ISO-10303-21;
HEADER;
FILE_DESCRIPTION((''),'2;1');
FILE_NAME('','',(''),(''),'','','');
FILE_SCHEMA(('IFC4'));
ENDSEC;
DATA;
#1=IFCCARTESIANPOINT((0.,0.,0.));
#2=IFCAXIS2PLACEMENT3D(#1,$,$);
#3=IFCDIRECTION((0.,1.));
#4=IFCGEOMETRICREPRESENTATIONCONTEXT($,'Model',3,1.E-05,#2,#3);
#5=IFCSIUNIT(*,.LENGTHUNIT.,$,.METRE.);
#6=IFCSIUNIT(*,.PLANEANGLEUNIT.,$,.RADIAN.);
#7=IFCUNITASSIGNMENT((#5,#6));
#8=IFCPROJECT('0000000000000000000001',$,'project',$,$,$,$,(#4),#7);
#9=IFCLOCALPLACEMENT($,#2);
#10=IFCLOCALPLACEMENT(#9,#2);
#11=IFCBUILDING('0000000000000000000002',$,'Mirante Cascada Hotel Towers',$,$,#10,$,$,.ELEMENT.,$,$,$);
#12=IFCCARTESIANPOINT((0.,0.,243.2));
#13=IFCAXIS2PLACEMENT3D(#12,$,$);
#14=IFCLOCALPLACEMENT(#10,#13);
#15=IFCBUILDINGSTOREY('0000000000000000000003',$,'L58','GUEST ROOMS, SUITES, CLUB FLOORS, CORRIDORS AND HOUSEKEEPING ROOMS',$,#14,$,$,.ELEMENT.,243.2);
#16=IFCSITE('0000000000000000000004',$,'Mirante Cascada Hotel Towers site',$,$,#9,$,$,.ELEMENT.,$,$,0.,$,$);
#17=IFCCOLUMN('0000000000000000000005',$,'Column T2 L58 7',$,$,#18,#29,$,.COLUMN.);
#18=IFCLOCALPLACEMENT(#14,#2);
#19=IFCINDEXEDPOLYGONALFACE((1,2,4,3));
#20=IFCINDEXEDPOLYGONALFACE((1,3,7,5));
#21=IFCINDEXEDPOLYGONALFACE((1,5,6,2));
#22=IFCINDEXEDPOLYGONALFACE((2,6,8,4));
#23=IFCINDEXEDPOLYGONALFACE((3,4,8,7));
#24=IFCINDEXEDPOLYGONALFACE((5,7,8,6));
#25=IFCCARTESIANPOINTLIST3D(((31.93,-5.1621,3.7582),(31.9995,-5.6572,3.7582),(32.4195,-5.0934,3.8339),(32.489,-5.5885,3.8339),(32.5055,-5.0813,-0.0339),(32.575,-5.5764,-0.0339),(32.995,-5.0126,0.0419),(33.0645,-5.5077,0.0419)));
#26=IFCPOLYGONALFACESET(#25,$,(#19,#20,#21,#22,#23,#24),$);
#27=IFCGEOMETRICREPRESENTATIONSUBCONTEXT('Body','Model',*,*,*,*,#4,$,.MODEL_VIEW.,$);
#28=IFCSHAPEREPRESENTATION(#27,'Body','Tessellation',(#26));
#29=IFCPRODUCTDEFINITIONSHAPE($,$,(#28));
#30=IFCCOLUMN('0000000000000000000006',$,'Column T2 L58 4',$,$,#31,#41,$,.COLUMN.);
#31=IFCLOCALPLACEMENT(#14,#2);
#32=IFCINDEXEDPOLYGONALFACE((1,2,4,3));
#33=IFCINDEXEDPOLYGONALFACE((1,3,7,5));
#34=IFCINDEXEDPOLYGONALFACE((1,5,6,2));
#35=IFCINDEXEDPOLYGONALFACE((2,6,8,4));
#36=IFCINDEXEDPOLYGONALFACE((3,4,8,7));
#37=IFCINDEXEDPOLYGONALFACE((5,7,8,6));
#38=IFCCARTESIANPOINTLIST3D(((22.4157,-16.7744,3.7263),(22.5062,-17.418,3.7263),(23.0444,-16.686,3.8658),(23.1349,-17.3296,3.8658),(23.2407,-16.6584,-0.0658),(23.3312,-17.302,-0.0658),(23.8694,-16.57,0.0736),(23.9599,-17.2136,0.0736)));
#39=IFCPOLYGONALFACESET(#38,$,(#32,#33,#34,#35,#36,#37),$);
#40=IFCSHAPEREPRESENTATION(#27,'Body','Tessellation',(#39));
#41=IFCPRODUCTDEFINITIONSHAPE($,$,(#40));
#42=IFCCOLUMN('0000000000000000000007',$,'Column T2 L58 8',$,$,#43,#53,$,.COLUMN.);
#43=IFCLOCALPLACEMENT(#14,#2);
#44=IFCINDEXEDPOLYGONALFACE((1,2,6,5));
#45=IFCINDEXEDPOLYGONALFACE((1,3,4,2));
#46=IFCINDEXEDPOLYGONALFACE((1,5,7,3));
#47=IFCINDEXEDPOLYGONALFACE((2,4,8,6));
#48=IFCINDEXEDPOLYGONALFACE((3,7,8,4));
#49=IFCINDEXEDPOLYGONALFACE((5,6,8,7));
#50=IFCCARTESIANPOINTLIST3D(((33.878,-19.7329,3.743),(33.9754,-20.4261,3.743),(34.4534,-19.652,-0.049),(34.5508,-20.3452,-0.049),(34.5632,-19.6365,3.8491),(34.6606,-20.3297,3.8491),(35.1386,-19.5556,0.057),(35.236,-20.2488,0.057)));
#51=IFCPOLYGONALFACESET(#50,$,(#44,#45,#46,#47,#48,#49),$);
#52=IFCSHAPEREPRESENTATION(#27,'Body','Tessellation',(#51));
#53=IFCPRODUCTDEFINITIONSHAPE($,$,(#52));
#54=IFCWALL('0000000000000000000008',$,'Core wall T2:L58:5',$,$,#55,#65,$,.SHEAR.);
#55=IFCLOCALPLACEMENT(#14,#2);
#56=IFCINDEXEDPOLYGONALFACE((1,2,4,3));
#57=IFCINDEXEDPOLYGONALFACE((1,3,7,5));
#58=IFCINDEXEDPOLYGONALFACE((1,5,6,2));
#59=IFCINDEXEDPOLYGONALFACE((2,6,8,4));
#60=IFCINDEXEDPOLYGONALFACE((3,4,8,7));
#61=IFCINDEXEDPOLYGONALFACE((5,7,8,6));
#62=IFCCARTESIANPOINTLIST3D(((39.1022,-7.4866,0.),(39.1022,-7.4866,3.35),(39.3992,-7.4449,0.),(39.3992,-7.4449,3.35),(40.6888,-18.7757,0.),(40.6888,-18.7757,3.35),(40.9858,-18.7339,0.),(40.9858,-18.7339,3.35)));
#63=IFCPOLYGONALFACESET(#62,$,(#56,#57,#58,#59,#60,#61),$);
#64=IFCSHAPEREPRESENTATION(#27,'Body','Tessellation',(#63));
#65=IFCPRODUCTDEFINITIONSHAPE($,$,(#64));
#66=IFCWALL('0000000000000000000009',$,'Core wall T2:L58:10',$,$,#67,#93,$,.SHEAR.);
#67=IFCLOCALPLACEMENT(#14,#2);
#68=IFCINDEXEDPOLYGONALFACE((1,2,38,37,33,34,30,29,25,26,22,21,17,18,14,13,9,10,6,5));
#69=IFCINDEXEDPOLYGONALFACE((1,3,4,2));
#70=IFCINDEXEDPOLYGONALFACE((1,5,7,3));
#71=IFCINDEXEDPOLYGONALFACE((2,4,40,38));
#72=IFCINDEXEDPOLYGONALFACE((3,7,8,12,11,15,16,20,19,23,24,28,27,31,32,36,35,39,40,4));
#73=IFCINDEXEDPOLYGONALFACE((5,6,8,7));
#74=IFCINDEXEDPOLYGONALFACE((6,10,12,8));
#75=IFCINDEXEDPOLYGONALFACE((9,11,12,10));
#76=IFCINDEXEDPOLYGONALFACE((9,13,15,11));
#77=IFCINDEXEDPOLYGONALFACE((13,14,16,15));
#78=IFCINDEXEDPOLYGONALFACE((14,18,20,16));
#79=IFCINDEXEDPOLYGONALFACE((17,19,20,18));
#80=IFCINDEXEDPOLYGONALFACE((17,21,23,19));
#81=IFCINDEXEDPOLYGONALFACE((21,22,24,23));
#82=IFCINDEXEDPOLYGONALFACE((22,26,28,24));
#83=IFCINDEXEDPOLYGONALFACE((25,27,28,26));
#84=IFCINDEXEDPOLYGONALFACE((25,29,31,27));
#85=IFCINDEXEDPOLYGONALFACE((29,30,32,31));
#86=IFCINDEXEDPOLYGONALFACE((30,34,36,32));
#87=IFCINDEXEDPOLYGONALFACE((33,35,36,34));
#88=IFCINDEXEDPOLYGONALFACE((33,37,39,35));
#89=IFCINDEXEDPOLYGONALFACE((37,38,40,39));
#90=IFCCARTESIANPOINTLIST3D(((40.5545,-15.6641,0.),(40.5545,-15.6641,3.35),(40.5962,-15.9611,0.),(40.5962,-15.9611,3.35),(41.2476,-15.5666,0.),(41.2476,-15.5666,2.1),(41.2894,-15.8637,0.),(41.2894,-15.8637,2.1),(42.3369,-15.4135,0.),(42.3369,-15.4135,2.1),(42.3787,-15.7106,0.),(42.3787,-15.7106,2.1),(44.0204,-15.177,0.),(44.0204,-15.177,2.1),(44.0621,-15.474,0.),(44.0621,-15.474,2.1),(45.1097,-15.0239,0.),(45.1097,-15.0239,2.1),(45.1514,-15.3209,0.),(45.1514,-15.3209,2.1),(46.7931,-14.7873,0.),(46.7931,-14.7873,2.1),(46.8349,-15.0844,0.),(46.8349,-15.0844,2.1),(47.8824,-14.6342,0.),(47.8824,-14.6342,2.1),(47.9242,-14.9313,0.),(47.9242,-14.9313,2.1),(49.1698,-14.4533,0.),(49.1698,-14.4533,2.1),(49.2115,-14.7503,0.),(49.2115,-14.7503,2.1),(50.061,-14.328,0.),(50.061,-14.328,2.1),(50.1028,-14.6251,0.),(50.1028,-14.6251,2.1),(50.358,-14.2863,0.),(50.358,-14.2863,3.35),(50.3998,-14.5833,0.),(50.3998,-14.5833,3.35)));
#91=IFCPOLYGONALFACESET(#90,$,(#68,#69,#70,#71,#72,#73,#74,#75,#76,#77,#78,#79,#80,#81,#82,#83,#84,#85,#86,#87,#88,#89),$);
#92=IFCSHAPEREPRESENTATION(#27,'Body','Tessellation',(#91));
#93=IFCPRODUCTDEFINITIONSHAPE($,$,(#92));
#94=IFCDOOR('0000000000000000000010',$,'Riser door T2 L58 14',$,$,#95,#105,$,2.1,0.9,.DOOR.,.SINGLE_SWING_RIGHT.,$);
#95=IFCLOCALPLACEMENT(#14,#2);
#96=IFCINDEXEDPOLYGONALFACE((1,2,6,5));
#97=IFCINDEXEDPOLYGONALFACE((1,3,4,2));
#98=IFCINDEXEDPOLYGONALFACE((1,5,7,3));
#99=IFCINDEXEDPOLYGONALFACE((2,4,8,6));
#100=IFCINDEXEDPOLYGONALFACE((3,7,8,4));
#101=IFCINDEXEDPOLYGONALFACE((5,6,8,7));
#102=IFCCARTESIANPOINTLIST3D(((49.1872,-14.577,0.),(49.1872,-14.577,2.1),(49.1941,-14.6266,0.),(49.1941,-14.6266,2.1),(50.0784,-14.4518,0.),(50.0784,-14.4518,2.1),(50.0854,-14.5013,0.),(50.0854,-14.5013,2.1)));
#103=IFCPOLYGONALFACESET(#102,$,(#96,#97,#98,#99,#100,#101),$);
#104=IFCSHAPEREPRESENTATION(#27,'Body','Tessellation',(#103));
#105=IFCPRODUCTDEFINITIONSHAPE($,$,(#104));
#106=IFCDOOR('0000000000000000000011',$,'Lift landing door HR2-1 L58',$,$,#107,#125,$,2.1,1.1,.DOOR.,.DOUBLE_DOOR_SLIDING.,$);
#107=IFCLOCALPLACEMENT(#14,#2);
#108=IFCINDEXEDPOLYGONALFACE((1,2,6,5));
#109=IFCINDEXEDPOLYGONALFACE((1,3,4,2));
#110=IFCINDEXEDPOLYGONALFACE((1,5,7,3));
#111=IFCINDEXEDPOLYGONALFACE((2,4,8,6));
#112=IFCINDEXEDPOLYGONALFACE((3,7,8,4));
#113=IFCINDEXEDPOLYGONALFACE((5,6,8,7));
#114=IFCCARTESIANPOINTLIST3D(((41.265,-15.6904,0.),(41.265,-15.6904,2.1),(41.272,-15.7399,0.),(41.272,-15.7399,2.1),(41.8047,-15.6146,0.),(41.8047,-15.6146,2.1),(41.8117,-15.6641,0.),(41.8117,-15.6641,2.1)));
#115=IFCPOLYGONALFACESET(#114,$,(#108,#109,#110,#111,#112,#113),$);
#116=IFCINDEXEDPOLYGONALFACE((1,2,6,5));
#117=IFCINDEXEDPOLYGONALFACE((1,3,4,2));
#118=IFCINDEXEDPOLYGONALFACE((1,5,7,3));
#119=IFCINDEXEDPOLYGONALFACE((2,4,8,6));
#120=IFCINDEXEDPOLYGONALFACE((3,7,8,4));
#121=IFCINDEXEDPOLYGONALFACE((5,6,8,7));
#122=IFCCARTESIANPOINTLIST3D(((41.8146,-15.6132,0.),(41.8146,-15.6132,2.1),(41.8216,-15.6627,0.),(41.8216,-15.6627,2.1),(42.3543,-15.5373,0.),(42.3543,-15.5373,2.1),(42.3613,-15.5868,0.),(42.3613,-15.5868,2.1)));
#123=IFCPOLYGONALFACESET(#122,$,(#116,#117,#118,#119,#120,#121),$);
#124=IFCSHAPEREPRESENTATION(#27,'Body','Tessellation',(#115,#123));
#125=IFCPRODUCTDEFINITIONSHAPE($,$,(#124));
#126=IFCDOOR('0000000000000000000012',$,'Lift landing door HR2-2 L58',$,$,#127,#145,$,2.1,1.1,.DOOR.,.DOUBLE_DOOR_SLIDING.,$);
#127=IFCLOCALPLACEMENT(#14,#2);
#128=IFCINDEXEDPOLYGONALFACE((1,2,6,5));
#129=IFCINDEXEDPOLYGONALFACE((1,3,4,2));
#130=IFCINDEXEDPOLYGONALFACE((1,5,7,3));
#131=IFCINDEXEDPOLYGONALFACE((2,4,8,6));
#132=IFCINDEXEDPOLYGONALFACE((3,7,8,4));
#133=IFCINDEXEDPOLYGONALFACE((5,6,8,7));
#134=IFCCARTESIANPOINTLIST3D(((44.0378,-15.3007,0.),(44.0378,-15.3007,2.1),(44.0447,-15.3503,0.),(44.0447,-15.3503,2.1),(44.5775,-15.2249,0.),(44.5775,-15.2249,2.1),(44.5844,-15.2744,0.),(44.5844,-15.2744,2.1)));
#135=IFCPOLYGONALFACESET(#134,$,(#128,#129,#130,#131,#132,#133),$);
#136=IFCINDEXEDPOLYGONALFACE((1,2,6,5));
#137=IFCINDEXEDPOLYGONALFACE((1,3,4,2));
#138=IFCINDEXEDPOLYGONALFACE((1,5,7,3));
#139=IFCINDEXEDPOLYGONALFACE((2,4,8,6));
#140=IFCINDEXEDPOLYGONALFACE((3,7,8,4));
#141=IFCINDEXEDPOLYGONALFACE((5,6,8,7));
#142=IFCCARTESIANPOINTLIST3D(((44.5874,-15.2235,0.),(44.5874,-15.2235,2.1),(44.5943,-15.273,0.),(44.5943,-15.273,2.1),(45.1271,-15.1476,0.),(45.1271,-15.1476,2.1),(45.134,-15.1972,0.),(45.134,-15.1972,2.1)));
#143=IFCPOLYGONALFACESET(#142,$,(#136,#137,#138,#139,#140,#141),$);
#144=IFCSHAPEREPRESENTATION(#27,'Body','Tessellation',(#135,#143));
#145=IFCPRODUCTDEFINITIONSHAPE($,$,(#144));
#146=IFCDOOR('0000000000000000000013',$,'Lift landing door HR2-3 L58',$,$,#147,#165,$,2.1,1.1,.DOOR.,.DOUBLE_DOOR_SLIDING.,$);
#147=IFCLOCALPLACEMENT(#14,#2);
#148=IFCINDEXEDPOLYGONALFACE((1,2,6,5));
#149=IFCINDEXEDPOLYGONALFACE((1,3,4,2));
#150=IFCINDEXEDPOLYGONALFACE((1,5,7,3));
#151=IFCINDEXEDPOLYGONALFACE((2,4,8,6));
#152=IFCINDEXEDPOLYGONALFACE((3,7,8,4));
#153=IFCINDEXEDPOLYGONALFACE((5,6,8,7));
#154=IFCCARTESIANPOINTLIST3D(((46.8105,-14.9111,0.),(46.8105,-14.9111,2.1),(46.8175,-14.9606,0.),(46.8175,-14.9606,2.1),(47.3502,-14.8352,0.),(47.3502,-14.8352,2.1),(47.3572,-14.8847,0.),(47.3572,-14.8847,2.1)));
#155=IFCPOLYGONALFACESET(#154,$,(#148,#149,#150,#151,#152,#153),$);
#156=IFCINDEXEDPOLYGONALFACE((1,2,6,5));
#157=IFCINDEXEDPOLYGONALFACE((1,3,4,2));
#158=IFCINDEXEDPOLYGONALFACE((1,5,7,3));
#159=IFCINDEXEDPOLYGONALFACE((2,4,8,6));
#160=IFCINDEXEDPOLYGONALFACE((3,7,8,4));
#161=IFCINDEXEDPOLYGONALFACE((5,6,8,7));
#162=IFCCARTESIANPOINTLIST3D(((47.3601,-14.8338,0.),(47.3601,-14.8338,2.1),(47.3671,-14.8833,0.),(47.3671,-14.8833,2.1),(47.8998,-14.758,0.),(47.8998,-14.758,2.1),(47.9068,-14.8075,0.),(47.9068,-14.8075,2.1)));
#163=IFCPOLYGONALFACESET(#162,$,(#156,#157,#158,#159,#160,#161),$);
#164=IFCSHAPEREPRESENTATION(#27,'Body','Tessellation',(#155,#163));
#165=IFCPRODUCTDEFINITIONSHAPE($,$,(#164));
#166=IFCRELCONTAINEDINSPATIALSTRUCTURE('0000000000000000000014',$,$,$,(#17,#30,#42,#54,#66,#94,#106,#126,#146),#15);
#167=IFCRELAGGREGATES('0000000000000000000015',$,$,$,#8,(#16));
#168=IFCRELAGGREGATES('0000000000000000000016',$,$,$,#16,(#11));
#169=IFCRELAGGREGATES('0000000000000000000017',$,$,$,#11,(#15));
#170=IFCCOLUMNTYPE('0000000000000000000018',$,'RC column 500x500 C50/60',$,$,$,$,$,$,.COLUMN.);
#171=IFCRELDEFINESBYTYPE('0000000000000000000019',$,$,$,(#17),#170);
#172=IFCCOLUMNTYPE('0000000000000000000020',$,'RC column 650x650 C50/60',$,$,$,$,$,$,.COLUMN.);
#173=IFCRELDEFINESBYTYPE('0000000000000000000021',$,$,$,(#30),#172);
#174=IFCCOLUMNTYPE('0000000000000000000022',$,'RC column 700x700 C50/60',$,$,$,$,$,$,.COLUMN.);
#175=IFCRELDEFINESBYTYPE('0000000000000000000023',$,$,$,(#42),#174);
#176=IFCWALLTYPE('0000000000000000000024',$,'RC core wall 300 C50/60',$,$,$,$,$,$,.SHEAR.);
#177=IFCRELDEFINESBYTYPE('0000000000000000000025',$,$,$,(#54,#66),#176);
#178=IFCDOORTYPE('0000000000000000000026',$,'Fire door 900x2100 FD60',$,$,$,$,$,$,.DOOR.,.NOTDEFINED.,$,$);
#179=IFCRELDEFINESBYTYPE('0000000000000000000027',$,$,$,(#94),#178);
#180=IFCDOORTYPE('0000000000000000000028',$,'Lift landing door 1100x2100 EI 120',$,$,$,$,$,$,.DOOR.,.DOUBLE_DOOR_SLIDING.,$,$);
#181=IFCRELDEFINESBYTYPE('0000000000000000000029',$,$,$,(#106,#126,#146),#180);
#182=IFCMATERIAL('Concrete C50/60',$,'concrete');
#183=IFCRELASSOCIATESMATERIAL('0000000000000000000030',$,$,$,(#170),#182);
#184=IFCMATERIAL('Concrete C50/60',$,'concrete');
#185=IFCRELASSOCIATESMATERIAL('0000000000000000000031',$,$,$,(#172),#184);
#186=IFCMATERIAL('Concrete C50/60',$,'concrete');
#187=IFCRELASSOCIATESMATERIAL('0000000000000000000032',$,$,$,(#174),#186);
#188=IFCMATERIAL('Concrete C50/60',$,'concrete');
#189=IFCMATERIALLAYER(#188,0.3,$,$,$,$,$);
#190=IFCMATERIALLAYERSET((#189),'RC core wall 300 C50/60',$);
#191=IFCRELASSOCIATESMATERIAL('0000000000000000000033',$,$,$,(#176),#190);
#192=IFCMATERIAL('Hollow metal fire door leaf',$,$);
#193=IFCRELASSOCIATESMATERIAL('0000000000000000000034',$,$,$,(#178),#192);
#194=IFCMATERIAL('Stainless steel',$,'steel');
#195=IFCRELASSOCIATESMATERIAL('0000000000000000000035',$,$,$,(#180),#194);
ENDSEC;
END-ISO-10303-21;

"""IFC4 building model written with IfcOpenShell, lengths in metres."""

from ifc_helpers import new_model, si_unit, direction, frame, frame_2d, origin, origin_2d, place, context, subcontext, project, spatial, rectangle, extrude, material, layer, layer_set, material_profile, profile_set, type_object, element, fill, save


model = new_model("IFC4")

# Units and contexts
model_context = context("Model", 3, precision=1e-05, world=origin(), true_north=direction((0.0, 1.0)))
body_context = subcontext(model_context, "Body", "Model", "MODEL_VIEW")
ifc_project = project(units=[si_unit("LENGTHUNIT", "METRE"), si_unit("PLANEANGLEUNIT", "RADIAN")], contexts=[model_context])

# Site, building, storey
site_placement = place(None, origin())
site = spatial("IfcSite", under=ifc_project, at=site_placement, Name="Mirante Cascada Hotel Towers site", CompositionType="ELEMENT", RefElevation=0.0)
building_placement = place(site_placement, origin())
building = spatial("IfcBuilding", under=site, at=building_placement, Name="Mirante Cascada Hotel Towers", CompositionType="ELEMENT")
storey_placement = place(building_placement, frame((0.0, 0.0, 243.2)))
storey = spatial("IfcBuildingStorey", under=building, at=storey_placement, Name="L58", Description="GUEST ROOMS, SUITES, CLUB FLOORS, CORRIDORS AND HOUSEKEEPING ROOMS", CompositionType="ELEMENT", Elevation=243.2)

# Columns
ifc_material_1 = material(Name="Concrete C50/60", Category="concrete")
ifc_material_profile_1 = material_profile(ifc_material_1, rectangle(XDim=0.5, YDim=0.5, at=origin_2d()), Name="RC column 500x500 C50/60")
ifc_profile_set_1 = profile_set([ifc_material_profile_1], Name="Concrete C50/60")
column_type_1 = type_object("IfcColumnType", Name="RC column 500x500 C50/60", PredefinedType="COLUMN", material=ifc_profile_set_1)
column_1_placement = place(storey_placement, frame((32.785, -5.2945, 0.004), z_axis=(-0.150015, -0.021062, 0.988459), x_axis=(0.139036, -0.990287, 0.0)))
element("IfcColumn", 1, at=column_1_placement, inside=storey, type_object=column_type_1, Name="Column T2 L58 7", PredefinedType="COLUMN", context=body_context, shape_type="SweptSolid", body=[
    extrude(rectangle(XDim=0.5, YDim=0.5, at=origin_2d()), origin(), (0.0, 0.0, 1.0), 3.8363),
])
ifc_material_2 = material(Name="Concrete C50/60", Category="concrete")
ifc_material_profile_2 = material_profile(ifc_material_2, rectangle(XDim=0.65, YDim=0.65, at=origin_2d()), Name="RC column 650x650 C50/60")
ifc_profile_set_2 = profile_set([ifc_material_profile_2], Name="Concrete C50/60")
column_type_2 = type_object("IfcColumnType", Name="RC column 650x650 C50/60", PredefinedType="COLUMN", material=ifc_profile_set_2)
column_2_placement = place(storey_placement, frame((23.6003, -16.936, 0.0039), z_axis=(-0.212484, -0.029877, 0.976708), x_axis=(0.139236, -0.990259, 0.0)))
element("IfcColumn", 2, at=column_2_placement, inside=storey, type_object=column_type_2, Name="Column T2 L58 4", PredefinedType="COLUMN", context=body_context, shape_type="SweptSolid", body=[
    extrude(rectangle(XDim=0.65, YDim=0.65, at=origin_2d()), origin(), (0.0, 0.0, 1.0), 3.8826),
])
ifc_material_3 = material(Name="Concrete C50/60", Category="concrete")
ifc_material_profile_3 = material_profile(ifc_material_3, rectangle(XDim=0.7, YDim=0.7, at=origin_2d()), Name="RC column 700x700 C50/60")
ifc_profile_set_3 = profile_set([ifc_material_profile_3], Name="Concrete C50/60")
column_type_3 = type_object("IfcColumnType", Name="RC column 700x700 C50/60", PredefinedType="COLUMN", material=ifc_profile_set_3)
column_3_placement = place(storey_placement, frame((34.8447, -19.9504, 0.004), z_axis=(-0.14999, -0.021088, 0.988463), x_axis=(0.139229, -0.99026, 0.0)))
element("IfcColumn", 3, at=column_3_placement, inside=storey, type_object=column_type_3, Name="Column T2 L58 8", PredefinedType="COLUMN", context=body_context, shape_type="SweptSolid", body=[
    extrude(rectangle(XDim=0.7, YDim=0.7, at=origin_2d()), origin(), (0.0, 0.0, 1.0), 3.8363),
])

# Wall
ifc_material_4 = material(Name="Concrete C50/60", Category="concrete")
ifc_layer_1 = layer(ifc_material_4, 0.3)
ifc_layer_set_1 = layer_set([ifc_layer_1], Name="RC core wall 300 C50/60")
wall_type_1 = type_object("IfcWallType", Name="RC core wall 300 C50/60", PredefinedType="SHEAR", material=ifc_layer_set_1)
wall_1_placement = place(storey_placement, frame((40.8373, -18.7548, 0.0), z_axis=(0.0, 0.0, 1.0), x_axis=(-0.139175, 0.990268, 0.0)))
element("IfcWall", 4, at=wall_1_placement, inside=storey, type_object=wall_type_1, Name="Core wall T2:L58:5", PredefinedType="SHEAR", context=body_context, shape_type="SweptSolid", body=[
    extrude(rectangle(XDim=11.4, YDim=0.3, at=frame_2d((5.7, 0.0))), origin(), (0.0, 0.0, 1.0), 3.35),
])

# Wall, openings, doors
wall_2_placement = place(storey_placement, frame((40.5753, -15.8126, 0.0), z_axis=(0.0, 0.0, 1.0), x_axis=(0.990268, 0.139173, 0.0)))
wall_2 = element("IfcWall", 5, at=wall_2_placement, inside=storey, type_object=wall_type_1, Name="Core wall T2:L58:10", PredefinedType="SHEAR", context=body_context, shape_type="SweptSolid", body=[
    extrude(rectangle(XDim=9.8999, YDim=0.3, at=frame_2d((4.95, 0.0))), origin(), (0.0, 0.0, 1.0), 3.35),
])
opening_1_placement = place(wall_2_placement, frame((0.7, 0.0, 0.0)))
opening_1 = element("IfcOpeningElement", 6, at=opening_1_placement, cuts=wall_2, PredefinedType="OPENING", context=body_context, shape_type="SweptSolid", body=[
    extrude(rectangle(XDim=1.1, YDim=2.1, at=frame_2d((0.55, 1.05))), frame((0.0, 0.15, 0.0), z_axis=(0.0, -1.0, 0.0), x_axis=(1.0, 0.0, 0.0)), (0.0, 0.0, 1.0), 0.3),
])
opening_2_placement = place(wall_2_placement, frame((3.5, 0.0, 0.0)))
opening_2 = element("IfcOpeningElement", 7, at=opening_2_placement, cuts=wall_2, PredefinedType="OPENING", context=body_context, shape_type="SweptSolid", body=[
    extrude(rectangle(XDim=1.1, YDim=2.1, at=frame_2d((0.55, 1.05))), frame((0.0, 0.15, 0.0), z_axis=(0.0, -1.0, 0.0), x_axis=(1.0, 0.0, 0.0)), (0.0, 0.0, 1.0), 0.3),
])
opening_3_placement = place(wall_2_placement, frame((6.3, 0.0, 0.0)))
opening_3 = element("IfcOpeningElement", 8, at=opening_3_placement, cuts=wall_2, PredefinedType="OPENING", context=body_context, shape_type="SweptSolid", body=[
    extrude(rectangle(XDim=1.1, YDim=2.1, at=frame_2d((0.55, 1.05))), frame((0.0, 0.15, 0.0), z_axis=(0.0, -1.0, 0.0), x_axis=(1.0, 0.0, 0.0)), (0.0, 0.0, 1.0), 0.3),
])
opening_4_placement = place(wall_2_placement, frame((8.7, 0.0, 0.0)))
opening_4 = element("IfcOpeningElement", 9, at=opening_4_placement, cuts=wall_2, PredefinedType="OPENING", context=body_context, shape_type="SweptSolid", body=[
    extrude(rectangle(XDim=0.9, YDim=2.1, at=frame_2d((0.45, 1.05))), frame((0.0, 0.15, 0.0), z_axis=(0.0, -1.0, 0.0), x_axis=(1.0, 0.0, 0.0)), (0.0, 0.0, 1.0), 0.3),
])
ifc_material_5 = material(Name="Hollow metal fire door leaf")
door_type_1 = type_object("IfcDoorType", Name="Fire door 900x2100 FD60", OperationType="NOTDEFINED", PredefinedType="DOOR", material=ifc_material_5)
door_1_placement = place(opening_4_placement, frame((0.9, 0.0, 0.0), z_axis=(0.0, 0.0, 1.0), x_axis=(-1.0, 0.0, 0.0)))
door_1 = element("IfcDoor", 10, at=door_1_placement, inside=storey, type_object=door_type_1, Name="Riser door T2 L58 14", OperationType="SINGLE_SWING_RIGHT", OverallHeight=2.1, OverallWidth=0.9, PredefinedType="DOOR", context=body_context, shape_type="SweptSolid", body=[
    extrude(rectangle(XDim=0.9, YDim=2.1, at=frame_2d((0.45, 1.05))), frame((0.0, 0.025, 0.0), z_axis=(0.0, -1.0, 0.0), x_axis=(1.0, 0.0, 0.0)), (0.0, 0.0, 1.0), 0.05),
])
fill(opening_4, door_1)
ifc_material_6 = material(Name="Stainless steel", Category="steel")
door_type_2 = type_object("IfcDoorType", Name="Lift landing door 1100x2100 EI 120", OperationType="DOUBLE_DOOR_SLIDING", PredefinedType="DOOR", material=ifc_material_6)
door_2_placement = place(opening_1_placement, origin())
door_2 = element("IfcDoor", 11, at=door_2_placement, inside=storey, type_object=door_type_2, Name="Lift landing door HR2-1 L58", OperationType="DOUBLE_DOOR_SLIDING", OverallHeight=2.1, OverallWidth=1.1, PredefinedType="DOOR", context=body_context, shape_type="SweptSolid", body=[
    extrude(rectangle(XDim=0.545, YDim=2.1, at=frame_2d((0.2725, 1.05))), frame((0.0, 0.025, 0.0), z_axis=(0.0, -1.0, 0.0), x_axis=(1.0, 0.0, 0.0)), (0.0, 0.0, 1.0), 0.05),
    extrude(rectangle(XDim=0.545, YDim=2.1, at=frame_2d((0.8275, 1.05))), frame((0.0, 0.025, 0.0), z_axis=(0.0, -1.0, 0.0), x_axis=(1.0, 0.0, 0.0)), (0.0, 0.0, 1.0), 0.05),
])
fill(opening_1, door_2)
door_3_placement = place(opening_2_placement, origin())
door_3 = element("IfcDoor", 12, at=door_3_placement, inside=storey, type_object=door_type_2, Name="Lift landing door HR2-2 L58", OperationType="DOUBLE_DOOR_SLIDING", OverallHeight=2.1, OverallWidth=1.1, PredefinedType="DOOR", context=body_context, shape_type="SweptSolid", body=[
    extrude(rectangle(XDim=0.545, YDim=2.1, at=frame_2d((0.2725, 1.05))), frame((0.0, 0.025, 0.0), z_axis=(0.0, -1.0, 0.0), x_axis=(1.0, 0.0, 0.0)), (0.0, 0.0, 1.0), 0.05),
    extrude(rectangle(XDim=0.545, YDim=2.1, at=frame_2d((0.8275, 1.05))), frame((0.0, 0.025, 0.0), z_axis=(0.0, -1.0, 0.0), x_axis=(1.0, 0.0, 0.0)), (0.0, 0.0, 1.0), 0.05),
])
fill(opening_2, door_3)
door_4_placement = place(opening_3_placement, origin())
door_4 = element("IfcDoor", 13, at=door_4_placement, inside=storey, type_object=door_type_2, Name="Lift landing door HR2-3 L58", OperationType="DOUBLE_DOOR_SLIDING", OverallHeight=2.1, OverallWidth=1.1, PredefinedType="DOOR", context=body_context, shape_type="SweptSolid", body=[
    extrude(rectangle(XDim=0.545, YDim=2.1, at=frame_2d((0.2725, 1.05))), frame((0.0, 0.025, 0.0), z_axis=(0.0, -1.0, 0.0), x_axis=(1.0, 0.0, 0.0)), (0.0, 0.0, 1.0), 0.05),
    extrude(rectangle(XDim=0.545, YDim=2.1, at=frame_2d((0.8275, 1.05))), frame((0.0, 0.025, 0.0), z_axis=(0.0, -1.0, 0.0), x_axis=(1.0, 0.0, 0.0)), (0.0, 0.0, 1.0), 0.05),
])
fill(opening_3, door_4)

save(model, "model.ifc")
